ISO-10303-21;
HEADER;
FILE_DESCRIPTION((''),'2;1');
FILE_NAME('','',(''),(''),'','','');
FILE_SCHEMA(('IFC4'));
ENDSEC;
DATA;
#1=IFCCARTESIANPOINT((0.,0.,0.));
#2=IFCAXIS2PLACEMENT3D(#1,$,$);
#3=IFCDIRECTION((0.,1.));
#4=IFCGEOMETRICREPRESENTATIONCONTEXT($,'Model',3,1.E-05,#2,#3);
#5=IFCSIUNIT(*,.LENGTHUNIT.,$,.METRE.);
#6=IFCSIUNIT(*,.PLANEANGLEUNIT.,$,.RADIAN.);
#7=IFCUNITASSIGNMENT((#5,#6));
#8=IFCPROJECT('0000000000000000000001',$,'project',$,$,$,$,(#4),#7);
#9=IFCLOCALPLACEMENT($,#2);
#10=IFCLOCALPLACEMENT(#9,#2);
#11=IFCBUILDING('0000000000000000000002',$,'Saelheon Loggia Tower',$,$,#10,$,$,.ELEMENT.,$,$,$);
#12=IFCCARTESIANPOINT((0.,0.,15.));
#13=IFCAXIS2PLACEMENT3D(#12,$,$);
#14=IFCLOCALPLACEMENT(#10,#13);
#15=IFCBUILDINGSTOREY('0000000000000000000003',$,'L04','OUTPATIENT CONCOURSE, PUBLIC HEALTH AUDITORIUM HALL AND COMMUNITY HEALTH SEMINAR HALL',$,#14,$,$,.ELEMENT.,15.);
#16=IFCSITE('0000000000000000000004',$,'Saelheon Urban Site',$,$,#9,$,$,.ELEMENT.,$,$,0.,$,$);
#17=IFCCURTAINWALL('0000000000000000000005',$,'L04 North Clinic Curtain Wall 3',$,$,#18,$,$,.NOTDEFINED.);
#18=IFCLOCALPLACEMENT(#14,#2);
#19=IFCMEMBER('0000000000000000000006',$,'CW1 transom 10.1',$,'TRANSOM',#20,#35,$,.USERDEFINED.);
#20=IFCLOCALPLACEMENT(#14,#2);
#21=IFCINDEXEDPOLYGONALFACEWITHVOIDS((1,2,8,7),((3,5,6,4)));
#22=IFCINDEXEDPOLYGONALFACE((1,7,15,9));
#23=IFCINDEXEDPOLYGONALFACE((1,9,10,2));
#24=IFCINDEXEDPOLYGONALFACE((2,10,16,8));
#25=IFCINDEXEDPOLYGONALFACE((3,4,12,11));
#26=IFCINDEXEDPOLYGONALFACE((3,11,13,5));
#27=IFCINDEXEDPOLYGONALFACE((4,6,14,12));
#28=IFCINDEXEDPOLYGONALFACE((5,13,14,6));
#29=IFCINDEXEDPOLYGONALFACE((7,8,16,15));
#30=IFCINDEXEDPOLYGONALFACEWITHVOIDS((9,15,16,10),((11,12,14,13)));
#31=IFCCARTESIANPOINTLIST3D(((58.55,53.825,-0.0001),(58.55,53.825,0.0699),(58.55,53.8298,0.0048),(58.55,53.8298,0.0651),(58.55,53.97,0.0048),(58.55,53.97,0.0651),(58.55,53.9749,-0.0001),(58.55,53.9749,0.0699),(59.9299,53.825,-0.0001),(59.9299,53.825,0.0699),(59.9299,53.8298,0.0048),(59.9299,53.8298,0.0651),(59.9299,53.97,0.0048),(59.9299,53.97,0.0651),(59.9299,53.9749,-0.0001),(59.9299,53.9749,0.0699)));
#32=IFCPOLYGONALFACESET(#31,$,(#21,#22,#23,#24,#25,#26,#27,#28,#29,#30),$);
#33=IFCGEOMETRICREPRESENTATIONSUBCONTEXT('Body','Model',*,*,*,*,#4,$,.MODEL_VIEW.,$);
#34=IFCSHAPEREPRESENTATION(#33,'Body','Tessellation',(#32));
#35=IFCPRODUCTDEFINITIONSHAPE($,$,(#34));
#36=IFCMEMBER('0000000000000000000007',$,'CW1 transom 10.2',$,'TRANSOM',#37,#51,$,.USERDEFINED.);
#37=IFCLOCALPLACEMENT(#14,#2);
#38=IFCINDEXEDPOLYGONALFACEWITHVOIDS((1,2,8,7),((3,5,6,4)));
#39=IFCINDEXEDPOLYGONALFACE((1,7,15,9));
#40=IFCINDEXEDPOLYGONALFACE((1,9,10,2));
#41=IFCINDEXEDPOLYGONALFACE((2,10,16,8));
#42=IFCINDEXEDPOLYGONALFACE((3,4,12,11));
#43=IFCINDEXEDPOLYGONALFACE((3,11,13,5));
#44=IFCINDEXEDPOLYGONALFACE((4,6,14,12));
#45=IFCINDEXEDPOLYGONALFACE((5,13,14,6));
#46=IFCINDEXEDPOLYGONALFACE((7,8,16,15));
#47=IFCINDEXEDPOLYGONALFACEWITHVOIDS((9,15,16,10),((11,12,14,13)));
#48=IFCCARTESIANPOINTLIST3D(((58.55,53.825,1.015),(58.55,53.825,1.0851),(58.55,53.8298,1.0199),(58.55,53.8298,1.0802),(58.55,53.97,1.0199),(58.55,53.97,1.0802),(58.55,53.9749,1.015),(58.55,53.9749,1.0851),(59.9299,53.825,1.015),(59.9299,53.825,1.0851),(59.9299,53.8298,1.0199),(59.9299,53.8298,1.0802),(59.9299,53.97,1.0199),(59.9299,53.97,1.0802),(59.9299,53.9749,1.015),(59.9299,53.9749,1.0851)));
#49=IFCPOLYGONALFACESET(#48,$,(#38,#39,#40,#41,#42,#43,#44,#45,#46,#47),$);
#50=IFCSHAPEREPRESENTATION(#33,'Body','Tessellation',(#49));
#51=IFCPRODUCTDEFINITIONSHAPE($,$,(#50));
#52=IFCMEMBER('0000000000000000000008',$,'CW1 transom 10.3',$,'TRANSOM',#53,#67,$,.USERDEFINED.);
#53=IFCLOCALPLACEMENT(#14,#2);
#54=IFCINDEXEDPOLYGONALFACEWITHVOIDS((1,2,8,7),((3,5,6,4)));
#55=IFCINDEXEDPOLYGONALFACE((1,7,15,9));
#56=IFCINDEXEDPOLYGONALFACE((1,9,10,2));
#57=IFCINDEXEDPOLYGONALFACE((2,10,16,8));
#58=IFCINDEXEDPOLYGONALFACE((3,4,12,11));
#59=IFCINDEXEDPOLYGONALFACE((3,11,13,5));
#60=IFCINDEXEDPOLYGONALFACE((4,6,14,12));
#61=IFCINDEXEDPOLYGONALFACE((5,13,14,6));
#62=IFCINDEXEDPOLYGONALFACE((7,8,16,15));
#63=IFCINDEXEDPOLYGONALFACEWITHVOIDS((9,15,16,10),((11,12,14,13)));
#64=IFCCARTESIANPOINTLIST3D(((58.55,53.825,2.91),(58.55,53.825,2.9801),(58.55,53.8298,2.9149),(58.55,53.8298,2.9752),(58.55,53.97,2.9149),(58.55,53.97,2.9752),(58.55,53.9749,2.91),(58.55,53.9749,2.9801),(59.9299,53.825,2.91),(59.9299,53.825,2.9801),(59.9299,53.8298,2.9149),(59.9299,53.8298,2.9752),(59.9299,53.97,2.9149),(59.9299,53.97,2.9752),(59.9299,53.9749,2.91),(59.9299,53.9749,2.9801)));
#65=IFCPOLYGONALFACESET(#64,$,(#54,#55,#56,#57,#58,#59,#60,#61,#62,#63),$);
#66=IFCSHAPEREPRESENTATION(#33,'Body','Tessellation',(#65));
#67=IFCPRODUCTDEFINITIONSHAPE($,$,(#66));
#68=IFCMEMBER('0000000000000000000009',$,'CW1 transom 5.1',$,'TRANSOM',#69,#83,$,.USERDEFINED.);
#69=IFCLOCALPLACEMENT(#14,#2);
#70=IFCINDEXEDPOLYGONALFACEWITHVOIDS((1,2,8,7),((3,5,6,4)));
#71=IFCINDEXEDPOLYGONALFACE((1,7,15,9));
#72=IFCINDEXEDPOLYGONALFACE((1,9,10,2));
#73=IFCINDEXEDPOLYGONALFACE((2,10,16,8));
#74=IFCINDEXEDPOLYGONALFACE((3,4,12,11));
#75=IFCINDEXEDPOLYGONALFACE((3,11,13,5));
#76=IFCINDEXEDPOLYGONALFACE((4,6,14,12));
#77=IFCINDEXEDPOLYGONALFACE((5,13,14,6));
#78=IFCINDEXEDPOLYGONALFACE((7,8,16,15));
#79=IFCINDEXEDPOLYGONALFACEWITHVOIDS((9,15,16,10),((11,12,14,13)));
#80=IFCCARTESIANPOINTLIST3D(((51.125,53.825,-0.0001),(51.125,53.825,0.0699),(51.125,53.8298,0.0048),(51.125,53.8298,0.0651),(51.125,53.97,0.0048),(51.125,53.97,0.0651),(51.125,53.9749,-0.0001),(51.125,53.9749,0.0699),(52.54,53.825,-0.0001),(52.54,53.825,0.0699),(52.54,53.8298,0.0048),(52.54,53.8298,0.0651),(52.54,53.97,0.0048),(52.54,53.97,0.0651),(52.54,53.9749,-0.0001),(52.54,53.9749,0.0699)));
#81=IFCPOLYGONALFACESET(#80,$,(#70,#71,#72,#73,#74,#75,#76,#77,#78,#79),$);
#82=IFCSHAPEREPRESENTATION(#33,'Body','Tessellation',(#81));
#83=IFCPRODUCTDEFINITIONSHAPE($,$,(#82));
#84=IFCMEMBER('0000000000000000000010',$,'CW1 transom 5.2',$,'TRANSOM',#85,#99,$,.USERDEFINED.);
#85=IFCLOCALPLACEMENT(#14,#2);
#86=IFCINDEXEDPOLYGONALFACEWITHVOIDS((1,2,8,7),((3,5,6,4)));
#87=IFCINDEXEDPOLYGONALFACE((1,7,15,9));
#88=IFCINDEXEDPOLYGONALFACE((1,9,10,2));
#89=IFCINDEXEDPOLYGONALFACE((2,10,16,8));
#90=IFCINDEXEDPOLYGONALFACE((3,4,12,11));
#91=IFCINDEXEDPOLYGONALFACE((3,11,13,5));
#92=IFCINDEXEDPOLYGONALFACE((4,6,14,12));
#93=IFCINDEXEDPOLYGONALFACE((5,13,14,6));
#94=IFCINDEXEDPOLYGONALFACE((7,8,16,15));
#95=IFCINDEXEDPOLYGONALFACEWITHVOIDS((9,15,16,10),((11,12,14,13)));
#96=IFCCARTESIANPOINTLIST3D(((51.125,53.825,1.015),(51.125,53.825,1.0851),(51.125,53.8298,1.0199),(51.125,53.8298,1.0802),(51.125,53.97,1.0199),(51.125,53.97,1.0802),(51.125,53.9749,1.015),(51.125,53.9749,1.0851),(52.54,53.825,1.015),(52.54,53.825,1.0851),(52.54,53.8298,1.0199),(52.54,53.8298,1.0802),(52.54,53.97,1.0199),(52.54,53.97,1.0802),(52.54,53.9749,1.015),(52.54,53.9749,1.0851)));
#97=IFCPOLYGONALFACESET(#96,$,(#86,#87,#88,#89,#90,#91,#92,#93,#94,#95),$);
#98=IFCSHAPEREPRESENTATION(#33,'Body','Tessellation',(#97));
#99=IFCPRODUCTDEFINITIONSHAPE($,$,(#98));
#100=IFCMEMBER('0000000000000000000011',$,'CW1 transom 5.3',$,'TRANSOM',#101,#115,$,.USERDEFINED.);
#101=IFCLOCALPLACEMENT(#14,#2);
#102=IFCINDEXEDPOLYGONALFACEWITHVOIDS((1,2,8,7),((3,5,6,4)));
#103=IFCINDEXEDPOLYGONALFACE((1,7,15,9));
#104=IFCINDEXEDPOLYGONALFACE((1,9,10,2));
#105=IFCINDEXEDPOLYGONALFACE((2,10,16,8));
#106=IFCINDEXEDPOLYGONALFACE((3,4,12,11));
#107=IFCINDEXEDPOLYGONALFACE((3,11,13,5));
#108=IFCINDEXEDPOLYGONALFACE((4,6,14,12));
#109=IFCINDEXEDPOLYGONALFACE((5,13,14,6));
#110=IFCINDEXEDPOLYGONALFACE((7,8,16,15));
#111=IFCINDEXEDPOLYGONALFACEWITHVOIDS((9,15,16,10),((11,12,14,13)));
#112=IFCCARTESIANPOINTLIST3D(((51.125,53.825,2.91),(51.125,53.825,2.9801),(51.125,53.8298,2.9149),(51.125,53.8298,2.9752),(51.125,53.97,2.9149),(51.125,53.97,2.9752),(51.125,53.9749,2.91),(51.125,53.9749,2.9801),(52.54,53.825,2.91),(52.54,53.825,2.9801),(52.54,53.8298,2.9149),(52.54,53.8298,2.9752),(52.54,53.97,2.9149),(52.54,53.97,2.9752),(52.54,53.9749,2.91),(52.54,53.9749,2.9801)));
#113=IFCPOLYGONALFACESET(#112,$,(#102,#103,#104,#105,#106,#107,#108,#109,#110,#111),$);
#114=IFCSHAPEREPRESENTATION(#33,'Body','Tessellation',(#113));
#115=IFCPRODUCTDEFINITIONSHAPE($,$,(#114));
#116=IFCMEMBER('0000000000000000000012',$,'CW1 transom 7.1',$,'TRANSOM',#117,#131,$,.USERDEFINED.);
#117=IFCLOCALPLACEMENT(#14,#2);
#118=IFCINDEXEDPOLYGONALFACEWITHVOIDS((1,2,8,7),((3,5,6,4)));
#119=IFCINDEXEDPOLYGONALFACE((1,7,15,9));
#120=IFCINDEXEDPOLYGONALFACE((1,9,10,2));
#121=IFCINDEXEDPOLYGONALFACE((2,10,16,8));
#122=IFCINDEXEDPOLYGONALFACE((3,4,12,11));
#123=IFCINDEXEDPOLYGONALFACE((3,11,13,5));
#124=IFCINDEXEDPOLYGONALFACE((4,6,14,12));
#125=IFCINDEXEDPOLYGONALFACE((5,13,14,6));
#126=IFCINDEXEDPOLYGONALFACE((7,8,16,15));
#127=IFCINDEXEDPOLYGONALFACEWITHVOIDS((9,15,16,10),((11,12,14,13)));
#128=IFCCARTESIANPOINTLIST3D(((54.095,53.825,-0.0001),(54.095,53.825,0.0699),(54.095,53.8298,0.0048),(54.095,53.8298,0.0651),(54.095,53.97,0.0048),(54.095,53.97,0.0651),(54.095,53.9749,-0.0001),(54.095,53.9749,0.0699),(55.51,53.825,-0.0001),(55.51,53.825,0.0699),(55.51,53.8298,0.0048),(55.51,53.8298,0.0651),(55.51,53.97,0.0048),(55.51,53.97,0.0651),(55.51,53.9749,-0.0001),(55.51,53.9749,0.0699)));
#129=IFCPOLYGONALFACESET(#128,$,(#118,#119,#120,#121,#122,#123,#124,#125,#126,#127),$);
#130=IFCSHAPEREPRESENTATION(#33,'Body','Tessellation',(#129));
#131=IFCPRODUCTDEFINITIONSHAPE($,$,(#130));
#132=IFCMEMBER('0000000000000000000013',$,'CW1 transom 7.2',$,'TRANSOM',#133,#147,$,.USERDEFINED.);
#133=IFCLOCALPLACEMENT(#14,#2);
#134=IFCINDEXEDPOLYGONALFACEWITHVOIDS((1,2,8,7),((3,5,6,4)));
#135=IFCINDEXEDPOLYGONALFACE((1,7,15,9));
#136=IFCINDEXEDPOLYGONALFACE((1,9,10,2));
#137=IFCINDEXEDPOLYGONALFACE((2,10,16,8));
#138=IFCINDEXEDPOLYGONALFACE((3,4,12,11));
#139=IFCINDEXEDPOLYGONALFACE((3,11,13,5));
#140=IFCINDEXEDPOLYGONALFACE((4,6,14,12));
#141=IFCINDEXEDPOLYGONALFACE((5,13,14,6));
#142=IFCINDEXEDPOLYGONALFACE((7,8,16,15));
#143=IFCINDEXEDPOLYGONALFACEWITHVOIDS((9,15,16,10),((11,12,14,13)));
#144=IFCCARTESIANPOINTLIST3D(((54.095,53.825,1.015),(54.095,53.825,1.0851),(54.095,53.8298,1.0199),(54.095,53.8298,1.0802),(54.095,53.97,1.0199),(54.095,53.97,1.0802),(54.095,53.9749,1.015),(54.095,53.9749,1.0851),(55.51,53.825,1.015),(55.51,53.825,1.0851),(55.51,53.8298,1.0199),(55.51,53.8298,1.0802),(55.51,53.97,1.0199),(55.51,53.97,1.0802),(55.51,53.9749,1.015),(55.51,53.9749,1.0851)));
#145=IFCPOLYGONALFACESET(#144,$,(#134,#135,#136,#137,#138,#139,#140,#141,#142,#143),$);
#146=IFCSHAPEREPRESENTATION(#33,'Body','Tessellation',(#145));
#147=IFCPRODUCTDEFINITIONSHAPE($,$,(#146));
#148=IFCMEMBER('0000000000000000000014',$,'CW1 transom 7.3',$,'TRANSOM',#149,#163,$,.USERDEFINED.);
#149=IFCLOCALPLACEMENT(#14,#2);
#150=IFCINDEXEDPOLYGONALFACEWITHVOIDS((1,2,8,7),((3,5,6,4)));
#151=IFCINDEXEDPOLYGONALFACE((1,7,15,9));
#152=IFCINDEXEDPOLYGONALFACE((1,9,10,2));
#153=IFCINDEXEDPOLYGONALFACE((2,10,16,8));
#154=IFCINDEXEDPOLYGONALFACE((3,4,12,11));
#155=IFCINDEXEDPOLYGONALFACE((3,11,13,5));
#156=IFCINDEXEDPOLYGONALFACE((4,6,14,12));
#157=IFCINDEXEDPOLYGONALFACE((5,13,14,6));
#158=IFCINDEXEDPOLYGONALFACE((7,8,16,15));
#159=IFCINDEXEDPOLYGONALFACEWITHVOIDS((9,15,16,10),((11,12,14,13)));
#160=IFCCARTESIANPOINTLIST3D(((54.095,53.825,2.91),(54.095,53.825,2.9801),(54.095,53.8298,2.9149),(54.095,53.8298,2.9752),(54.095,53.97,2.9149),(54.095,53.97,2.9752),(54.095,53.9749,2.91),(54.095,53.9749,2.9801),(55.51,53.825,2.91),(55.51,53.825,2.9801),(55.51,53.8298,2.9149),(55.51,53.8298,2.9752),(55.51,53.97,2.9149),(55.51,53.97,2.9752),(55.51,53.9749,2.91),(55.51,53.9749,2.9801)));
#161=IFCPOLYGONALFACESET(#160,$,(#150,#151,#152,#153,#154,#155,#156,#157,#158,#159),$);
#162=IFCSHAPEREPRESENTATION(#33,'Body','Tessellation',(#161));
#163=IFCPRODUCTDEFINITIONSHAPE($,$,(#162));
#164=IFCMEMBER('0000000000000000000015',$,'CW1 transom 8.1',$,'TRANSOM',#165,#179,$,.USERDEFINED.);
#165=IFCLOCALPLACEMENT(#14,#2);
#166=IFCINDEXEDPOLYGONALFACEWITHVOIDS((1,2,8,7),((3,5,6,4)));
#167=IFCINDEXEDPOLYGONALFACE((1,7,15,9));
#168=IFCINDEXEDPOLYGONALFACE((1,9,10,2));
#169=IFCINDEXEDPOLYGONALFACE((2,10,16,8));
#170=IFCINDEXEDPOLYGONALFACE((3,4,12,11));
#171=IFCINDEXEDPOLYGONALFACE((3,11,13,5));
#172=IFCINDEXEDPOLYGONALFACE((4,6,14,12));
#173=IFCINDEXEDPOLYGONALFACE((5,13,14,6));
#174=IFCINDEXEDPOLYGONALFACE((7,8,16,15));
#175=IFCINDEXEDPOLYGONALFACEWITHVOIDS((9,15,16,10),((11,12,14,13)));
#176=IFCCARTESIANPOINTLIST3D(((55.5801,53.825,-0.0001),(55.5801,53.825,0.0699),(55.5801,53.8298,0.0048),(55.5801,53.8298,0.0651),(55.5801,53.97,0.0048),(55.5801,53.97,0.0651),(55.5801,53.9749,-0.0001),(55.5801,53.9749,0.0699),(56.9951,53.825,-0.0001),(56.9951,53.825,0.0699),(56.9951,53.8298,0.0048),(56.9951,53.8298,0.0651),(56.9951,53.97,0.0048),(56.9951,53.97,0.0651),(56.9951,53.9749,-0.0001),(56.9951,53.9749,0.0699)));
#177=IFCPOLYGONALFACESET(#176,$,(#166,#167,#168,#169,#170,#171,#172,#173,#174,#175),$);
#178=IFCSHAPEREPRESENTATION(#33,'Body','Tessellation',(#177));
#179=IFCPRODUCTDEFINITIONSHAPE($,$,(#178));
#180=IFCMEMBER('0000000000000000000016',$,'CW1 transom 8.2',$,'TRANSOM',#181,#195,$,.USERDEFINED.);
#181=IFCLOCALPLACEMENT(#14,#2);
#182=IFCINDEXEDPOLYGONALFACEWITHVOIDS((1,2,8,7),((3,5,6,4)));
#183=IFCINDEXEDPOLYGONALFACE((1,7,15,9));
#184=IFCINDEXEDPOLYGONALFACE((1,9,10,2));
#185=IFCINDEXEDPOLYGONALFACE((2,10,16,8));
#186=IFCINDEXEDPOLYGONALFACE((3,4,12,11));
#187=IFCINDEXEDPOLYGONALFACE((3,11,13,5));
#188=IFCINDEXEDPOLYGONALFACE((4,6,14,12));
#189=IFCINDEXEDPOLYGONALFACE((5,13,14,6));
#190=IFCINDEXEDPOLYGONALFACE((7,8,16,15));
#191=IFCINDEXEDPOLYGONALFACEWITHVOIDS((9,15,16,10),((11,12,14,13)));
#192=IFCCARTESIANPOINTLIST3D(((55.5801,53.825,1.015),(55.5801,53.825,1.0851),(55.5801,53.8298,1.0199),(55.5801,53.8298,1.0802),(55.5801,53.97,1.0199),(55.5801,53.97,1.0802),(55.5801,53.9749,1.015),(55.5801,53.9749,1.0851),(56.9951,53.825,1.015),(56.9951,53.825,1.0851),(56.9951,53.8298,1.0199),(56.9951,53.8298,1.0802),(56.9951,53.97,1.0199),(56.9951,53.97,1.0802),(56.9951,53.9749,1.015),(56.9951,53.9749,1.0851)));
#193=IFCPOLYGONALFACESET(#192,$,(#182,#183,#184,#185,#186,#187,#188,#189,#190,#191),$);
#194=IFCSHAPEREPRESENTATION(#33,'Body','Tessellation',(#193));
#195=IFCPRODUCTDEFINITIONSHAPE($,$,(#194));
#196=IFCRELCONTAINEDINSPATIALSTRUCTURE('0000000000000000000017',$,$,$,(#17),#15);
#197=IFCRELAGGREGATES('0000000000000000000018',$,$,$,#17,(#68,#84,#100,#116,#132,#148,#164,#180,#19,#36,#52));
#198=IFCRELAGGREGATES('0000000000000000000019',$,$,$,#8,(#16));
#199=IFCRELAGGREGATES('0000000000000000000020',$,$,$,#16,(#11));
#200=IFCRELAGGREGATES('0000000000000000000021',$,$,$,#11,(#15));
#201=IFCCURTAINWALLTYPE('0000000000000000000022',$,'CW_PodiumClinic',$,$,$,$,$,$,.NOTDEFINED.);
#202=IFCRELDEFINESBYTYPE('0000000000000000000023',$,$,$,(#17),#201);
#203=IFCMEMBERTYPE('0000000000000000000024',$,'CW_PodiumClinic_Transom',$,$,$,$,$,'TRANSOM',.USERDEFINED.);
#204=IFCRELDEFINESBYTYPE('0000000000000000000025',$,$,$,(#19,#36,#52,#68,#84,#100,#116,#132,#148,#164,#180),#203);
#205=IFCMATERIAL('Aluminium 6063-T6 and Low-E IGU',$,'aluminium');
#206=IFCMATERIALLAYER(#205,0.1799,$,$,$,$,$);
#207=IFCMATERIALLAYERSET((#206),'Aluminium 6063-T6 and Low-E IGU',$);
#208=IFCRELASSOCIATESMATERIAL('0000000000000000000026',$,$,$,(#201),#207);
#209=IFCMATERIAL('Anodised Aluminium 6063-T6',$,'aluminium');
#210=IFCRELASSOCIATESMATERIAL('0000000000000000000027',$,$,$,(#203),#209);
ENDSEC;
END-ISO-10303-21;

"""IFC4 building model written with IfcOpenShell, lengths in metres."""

from ifc_helpers import new_model, si_unit, direction, frame, origin, origin_2d, place, context, subcontext, project, spatial, hollow_rectangle, extrude, source, transform, mapped, material, layer, layer_set, material_profile, profile_set, type_object, element, aggregate, save


model = new_model("IFC4")

# Units and contexts
model_context = context("Model", 3, precision=1e-05, world=origin(), true_north=direction((0.0, 1.0)))
body_context = subcontext(model_context, "Body", "Model", "MODEL_VIEW")
ifc_project = project(units=[si_unit("LENGTHUNIT", "METRE"), si_unit("PLANEANGLEUNIT", "RADIAN")], contexts=[model_context])

# Site, building, storey
site_placement = place(None, origin())
site = spatial("IfcSite", under=ifc_project, at=site_placement, Name="Saelheon Urban Site", CompositionType="ELEMENT", RefElevation=0.0)
building_placement = place(site_placement, origin())
building = spatial("IfcBuilding", under=site, at=building_placement, Name="Saelheon Loggia Tower", CompositionType="ELEMENT")
storey_placement = place(building_placement, frame((0.0, 0.0, 15.0)))
storey = spatial("IfcBuildingStorey", under=building, at=storey_placement, Name="L04", Description="OUTPATIENT CONCOURSE, PUBLIC HEALTH AUDITORIUM HALL AND COMMUNITY HEALTH SEMINAR HALL", CompositionType="ELEMENT", Elevation=15.0)

# Curtain wall, members
ifc_material_1 = material(Name="Aluminium 6063-T6 and Low-E IGU", Category="aluminium")
ifc_layer_1 = layer(ifc_material_1, 0.1799)
ifc_layer_set_1 = layer_set([ifc_layer_1], Name="Aluminium 6063-T6 and Low-E IGU")
curtain_wall_type = type_object("IfcCurtainWallType", Name="CW_PodiumClinic", PredefinedType="NOTDEFINED", material=ifc_layer_set_1)
curtain_wall_placement = place(storey_placement, origin())
curtain_wall = element("IfcCurtainWall", 1, at=curtain_wall_placement, inside=storey, type_object=curtain_wall_type, Name="L04 North Clinic Curtain Wall 3", PredefinedType="NOTDEFINED")
ifc_material_2 = material(Name="Anodised Aluminium 6063-T6", Category="aluminium")
ifc_material_profile_1 = material_profile(ifc_material_2, hollow_rectangle(XDim=0.0701, YDim=0.1499, WallThickness=0.0049, at=origin_2d()), Name="RHS-150x70x5")
ifc_profile_set_1 = profile_set([ifc_material_profile_1], Name="Anodised Aluminium 6063-T6")
member_type_1 = type_object("IfcMemberType", Name="CW_PodiumClinic_Transom", ElementType="TRANSOM", PredefinedType="USERDEFINED", material=ifc_profile_set_1)
shared_shape_1 = source(origin(), body_context, "Body", "SweptSolid", [
    extrude(hollow_rectangle(XDim=0.0701, YDim=0.1499, WallThickness=0.0049, at=origin_2d()), origin(), (0.0, 0.0, 1.0), 1.3799),
])
member_1_placement = place(storey_placement, frame((58.55, 53.8999, 0.0349), z_axis=(1.0, 0.0, 0.0), x_axis=(0.0, 0.0, 1.0)))
member_1 = element("IfcMember", 2, at=member_1_placement, type_object=member_type_1, Name="CW1 transom 10.1", ObjectType="TRANSOM", PredefinedType="USERDEFINED", context=body_context, shape_type="MappedRepresentation", body=[
    mapped(shared_shape_1, transform((0.0, 0.0, 0.0), scale=1.0)),
])
member_2_placement = place(storey_placement, frame((58.55, 53.8999, 1.05), z_axis=(1.0, 0.0, 0.0), x_axis=(0.0, 0.0, 1.0)))
member_2 = element("IfcMember", 3, at=member_2_placement, type_object=member_type_1, Name="CW1 transom 10.2", ObjectType="TRANSOM", PredefinedType="USERDEFINED", context=body_context, shape_type="MappedRepresentation", body=[
    mapped(shared_shape_1, transform((0.0, 0.0, 0.0), scale=1.0)),
])
member_3_placement = place(storey_placement, frame((58.55, 53.8999, 2.9451), z_axis=(1.0, 0.0, 0.0), x_axis=(0.0, 0.0, 1.0)))
member_3 = element("IfcMember", 4, at=member_3_placement, type_object=member_type_1, Name="CW1 transom 10.3", ObjectType="TRANSOM", PredefinedType="USERDEFINED", context=body_context, shape_type="MappedRepresentation", body=[
    mapped(shared_shape_1, transform((0.0, 0.0, 0.0), scale=1.0)),
])
shared_shape_2 = source(origin(), body_context, "Body", "SweptSolid", [
    extrude(hollow_rectangle(XDim=0.0701, YDim=0.1499, WallThickness=0.0049, at=origin_2d()), origin(), (0.0, 0.0, 1.0), 1.415),
])
member_4_placement = place(storey_placement, frame((51.125, 53.8999, 0.0349), z_axis=(1.0, 0.0, 0.0), x_axis=(0.0, 0.0, 1.0)))
member_4 = element("IfcMember", 5, at=member_4_placement, type_object=member_type_1, Name="CW1 transom 5.1", ObjectType="TRANSOM", PredefinedType="USERDEFINED", context=body_context, shape_type="MappedRepresentation", body=[
    mapped(shared_shape_2, transform((0.0, 0.0, 0.0), scale=1.0)),
])
member_5_placement = place(storey_placement, frame((51.125, 53.8999, 1.05), z_axis=(1.0, 0.0, 0.0), x_axis=(0.0, 0.0, 1.0)))
member_5 = element("IfcMember", 6, at=member_5_placement, type_object=member_type_1, Name="CW1 transom 5.2", ObjectType="TRANSOM", PredefinedType="USERDEFINED", context=body_context, shape_type="MappedRepresentation", body=[
    mapped(shared_shape_2, transform((0.0, 0.0, 0.0), scale=1.0)),
])
member_6_placement = place(storey_placement, frame((51.125, 53.8999, 2.9451), z_axis=(1.0, 0.0, 0.0), x_axis=(0.0, 0.0, 1.0)))
member_6 = element("IfcMember", 7, at=member_6_placement, type_object=member_type_1, Name="CW1 transom 5.3", ObjectType="TRANSOM", PredefinedType="USERDEFINED", context=body_context, shape_type="MappedRepresentation", body=[
    mapped(shared_shape_2, transform((0.0, 0.0, 0.0), scale=1.0)),
])
member_7_placement = place(storey_placement, frame((54.095, 53.8999, 0.0349), z_axis=(1.0, 0.0, 0.0), x_axis=(0.0, 0.0, 1.0)))
member_7 = element("IfcMember", 8, at=member_7_placement, type_object=member_type_1, Name="CW1 transom 7.1", ObjectType="TRANSOM", PredefinedType="USERDEFINED", context=body_context, shape_type="MappedRepresentation", body=[
    mapped(shared_shape_2, transform((0.0, 0.0, 0.0), scale=1.0)),
])
member_8_placement = place(storey_placement, frame((54.095, 53.8999, 1.05), z_axis=(1.0, 0.0, 0.0), x_axis=(0.0, 0.0, 1.0)))
member_8 = element("IfcMember", 9, at=member_8_placement, type_object=member_type_1, Name="CW1 transom 7.2", ObjectType="TRANSOM", PredefinedType="USERDEFINED", context=body_context, shape_type="MappedRepresentation", body=[
    mapped(shared_shape_2, transform((0.0, 0.0, 0.0), scale=1.0)),
])
member_9_placement = place(storey_placement, frame((54.095, 53.8999, 2.9451), z_axis=(1.0, 0.0, 0.0), x_axis=(0.0, 0.0, 1.0)))
member_9 = element("IfcMember", 10, at=member_9_placement, type_object=member_type_1, Name="CW1 transom 7.3", ObjectType="TRANSOM", PredefinedType="USERDEFINED", context=body_context, shape_type="MappedRepresentation", body=[
    mapped(shared_shape_2, transform((0.0, 0.0, 0.0), scale=1.0)),
])
member_10_placement = place(storey_placement, frame((55.5801, 53.8999, 0.0349), z_axis=(1.0, 0.0, 0.0), x_axis=(0.0, 0.0, 1.0)))
member_10 = element("IfcMember", 11, at=member_10_placement, type_object=member_type_1, Name="CW1 transom 8.1", ObjectType="TRANSOM", PredefinedType="USERDEFINED", context=body_context, shape_type="MappedRepresentation", body=[
    mapped(shared_shape_2, transform((0.0, 0.0, 0.0), scale=1.0)),
])
member_11_placement = place(storey_placement, frame((55.5801, 53.8999, 1.05), z_axis=(1.0, 0.0, 0.0), x_axis=(0.0, 0.0, 1.0)))
member_11 = element("IfcMember", 12, at=member_11_placement, type_object=member_type_1, Name="CW1 transom 8.2", ObjectType="TRANSOM", PredefinedType="USERDEFINED", context=body_context, shape_type="MappedRepresentation", body=[
    mapped(shared_shape_2, transform((0.0, 0.0, 0.0), scale=1.0)),
])
aggregate(curtain_wall, [member_4, member_5, member_6, member_7, member_8, member_9, member_10, member_11, member_1, member_2, member_3])

save(model, "model.ifc")
